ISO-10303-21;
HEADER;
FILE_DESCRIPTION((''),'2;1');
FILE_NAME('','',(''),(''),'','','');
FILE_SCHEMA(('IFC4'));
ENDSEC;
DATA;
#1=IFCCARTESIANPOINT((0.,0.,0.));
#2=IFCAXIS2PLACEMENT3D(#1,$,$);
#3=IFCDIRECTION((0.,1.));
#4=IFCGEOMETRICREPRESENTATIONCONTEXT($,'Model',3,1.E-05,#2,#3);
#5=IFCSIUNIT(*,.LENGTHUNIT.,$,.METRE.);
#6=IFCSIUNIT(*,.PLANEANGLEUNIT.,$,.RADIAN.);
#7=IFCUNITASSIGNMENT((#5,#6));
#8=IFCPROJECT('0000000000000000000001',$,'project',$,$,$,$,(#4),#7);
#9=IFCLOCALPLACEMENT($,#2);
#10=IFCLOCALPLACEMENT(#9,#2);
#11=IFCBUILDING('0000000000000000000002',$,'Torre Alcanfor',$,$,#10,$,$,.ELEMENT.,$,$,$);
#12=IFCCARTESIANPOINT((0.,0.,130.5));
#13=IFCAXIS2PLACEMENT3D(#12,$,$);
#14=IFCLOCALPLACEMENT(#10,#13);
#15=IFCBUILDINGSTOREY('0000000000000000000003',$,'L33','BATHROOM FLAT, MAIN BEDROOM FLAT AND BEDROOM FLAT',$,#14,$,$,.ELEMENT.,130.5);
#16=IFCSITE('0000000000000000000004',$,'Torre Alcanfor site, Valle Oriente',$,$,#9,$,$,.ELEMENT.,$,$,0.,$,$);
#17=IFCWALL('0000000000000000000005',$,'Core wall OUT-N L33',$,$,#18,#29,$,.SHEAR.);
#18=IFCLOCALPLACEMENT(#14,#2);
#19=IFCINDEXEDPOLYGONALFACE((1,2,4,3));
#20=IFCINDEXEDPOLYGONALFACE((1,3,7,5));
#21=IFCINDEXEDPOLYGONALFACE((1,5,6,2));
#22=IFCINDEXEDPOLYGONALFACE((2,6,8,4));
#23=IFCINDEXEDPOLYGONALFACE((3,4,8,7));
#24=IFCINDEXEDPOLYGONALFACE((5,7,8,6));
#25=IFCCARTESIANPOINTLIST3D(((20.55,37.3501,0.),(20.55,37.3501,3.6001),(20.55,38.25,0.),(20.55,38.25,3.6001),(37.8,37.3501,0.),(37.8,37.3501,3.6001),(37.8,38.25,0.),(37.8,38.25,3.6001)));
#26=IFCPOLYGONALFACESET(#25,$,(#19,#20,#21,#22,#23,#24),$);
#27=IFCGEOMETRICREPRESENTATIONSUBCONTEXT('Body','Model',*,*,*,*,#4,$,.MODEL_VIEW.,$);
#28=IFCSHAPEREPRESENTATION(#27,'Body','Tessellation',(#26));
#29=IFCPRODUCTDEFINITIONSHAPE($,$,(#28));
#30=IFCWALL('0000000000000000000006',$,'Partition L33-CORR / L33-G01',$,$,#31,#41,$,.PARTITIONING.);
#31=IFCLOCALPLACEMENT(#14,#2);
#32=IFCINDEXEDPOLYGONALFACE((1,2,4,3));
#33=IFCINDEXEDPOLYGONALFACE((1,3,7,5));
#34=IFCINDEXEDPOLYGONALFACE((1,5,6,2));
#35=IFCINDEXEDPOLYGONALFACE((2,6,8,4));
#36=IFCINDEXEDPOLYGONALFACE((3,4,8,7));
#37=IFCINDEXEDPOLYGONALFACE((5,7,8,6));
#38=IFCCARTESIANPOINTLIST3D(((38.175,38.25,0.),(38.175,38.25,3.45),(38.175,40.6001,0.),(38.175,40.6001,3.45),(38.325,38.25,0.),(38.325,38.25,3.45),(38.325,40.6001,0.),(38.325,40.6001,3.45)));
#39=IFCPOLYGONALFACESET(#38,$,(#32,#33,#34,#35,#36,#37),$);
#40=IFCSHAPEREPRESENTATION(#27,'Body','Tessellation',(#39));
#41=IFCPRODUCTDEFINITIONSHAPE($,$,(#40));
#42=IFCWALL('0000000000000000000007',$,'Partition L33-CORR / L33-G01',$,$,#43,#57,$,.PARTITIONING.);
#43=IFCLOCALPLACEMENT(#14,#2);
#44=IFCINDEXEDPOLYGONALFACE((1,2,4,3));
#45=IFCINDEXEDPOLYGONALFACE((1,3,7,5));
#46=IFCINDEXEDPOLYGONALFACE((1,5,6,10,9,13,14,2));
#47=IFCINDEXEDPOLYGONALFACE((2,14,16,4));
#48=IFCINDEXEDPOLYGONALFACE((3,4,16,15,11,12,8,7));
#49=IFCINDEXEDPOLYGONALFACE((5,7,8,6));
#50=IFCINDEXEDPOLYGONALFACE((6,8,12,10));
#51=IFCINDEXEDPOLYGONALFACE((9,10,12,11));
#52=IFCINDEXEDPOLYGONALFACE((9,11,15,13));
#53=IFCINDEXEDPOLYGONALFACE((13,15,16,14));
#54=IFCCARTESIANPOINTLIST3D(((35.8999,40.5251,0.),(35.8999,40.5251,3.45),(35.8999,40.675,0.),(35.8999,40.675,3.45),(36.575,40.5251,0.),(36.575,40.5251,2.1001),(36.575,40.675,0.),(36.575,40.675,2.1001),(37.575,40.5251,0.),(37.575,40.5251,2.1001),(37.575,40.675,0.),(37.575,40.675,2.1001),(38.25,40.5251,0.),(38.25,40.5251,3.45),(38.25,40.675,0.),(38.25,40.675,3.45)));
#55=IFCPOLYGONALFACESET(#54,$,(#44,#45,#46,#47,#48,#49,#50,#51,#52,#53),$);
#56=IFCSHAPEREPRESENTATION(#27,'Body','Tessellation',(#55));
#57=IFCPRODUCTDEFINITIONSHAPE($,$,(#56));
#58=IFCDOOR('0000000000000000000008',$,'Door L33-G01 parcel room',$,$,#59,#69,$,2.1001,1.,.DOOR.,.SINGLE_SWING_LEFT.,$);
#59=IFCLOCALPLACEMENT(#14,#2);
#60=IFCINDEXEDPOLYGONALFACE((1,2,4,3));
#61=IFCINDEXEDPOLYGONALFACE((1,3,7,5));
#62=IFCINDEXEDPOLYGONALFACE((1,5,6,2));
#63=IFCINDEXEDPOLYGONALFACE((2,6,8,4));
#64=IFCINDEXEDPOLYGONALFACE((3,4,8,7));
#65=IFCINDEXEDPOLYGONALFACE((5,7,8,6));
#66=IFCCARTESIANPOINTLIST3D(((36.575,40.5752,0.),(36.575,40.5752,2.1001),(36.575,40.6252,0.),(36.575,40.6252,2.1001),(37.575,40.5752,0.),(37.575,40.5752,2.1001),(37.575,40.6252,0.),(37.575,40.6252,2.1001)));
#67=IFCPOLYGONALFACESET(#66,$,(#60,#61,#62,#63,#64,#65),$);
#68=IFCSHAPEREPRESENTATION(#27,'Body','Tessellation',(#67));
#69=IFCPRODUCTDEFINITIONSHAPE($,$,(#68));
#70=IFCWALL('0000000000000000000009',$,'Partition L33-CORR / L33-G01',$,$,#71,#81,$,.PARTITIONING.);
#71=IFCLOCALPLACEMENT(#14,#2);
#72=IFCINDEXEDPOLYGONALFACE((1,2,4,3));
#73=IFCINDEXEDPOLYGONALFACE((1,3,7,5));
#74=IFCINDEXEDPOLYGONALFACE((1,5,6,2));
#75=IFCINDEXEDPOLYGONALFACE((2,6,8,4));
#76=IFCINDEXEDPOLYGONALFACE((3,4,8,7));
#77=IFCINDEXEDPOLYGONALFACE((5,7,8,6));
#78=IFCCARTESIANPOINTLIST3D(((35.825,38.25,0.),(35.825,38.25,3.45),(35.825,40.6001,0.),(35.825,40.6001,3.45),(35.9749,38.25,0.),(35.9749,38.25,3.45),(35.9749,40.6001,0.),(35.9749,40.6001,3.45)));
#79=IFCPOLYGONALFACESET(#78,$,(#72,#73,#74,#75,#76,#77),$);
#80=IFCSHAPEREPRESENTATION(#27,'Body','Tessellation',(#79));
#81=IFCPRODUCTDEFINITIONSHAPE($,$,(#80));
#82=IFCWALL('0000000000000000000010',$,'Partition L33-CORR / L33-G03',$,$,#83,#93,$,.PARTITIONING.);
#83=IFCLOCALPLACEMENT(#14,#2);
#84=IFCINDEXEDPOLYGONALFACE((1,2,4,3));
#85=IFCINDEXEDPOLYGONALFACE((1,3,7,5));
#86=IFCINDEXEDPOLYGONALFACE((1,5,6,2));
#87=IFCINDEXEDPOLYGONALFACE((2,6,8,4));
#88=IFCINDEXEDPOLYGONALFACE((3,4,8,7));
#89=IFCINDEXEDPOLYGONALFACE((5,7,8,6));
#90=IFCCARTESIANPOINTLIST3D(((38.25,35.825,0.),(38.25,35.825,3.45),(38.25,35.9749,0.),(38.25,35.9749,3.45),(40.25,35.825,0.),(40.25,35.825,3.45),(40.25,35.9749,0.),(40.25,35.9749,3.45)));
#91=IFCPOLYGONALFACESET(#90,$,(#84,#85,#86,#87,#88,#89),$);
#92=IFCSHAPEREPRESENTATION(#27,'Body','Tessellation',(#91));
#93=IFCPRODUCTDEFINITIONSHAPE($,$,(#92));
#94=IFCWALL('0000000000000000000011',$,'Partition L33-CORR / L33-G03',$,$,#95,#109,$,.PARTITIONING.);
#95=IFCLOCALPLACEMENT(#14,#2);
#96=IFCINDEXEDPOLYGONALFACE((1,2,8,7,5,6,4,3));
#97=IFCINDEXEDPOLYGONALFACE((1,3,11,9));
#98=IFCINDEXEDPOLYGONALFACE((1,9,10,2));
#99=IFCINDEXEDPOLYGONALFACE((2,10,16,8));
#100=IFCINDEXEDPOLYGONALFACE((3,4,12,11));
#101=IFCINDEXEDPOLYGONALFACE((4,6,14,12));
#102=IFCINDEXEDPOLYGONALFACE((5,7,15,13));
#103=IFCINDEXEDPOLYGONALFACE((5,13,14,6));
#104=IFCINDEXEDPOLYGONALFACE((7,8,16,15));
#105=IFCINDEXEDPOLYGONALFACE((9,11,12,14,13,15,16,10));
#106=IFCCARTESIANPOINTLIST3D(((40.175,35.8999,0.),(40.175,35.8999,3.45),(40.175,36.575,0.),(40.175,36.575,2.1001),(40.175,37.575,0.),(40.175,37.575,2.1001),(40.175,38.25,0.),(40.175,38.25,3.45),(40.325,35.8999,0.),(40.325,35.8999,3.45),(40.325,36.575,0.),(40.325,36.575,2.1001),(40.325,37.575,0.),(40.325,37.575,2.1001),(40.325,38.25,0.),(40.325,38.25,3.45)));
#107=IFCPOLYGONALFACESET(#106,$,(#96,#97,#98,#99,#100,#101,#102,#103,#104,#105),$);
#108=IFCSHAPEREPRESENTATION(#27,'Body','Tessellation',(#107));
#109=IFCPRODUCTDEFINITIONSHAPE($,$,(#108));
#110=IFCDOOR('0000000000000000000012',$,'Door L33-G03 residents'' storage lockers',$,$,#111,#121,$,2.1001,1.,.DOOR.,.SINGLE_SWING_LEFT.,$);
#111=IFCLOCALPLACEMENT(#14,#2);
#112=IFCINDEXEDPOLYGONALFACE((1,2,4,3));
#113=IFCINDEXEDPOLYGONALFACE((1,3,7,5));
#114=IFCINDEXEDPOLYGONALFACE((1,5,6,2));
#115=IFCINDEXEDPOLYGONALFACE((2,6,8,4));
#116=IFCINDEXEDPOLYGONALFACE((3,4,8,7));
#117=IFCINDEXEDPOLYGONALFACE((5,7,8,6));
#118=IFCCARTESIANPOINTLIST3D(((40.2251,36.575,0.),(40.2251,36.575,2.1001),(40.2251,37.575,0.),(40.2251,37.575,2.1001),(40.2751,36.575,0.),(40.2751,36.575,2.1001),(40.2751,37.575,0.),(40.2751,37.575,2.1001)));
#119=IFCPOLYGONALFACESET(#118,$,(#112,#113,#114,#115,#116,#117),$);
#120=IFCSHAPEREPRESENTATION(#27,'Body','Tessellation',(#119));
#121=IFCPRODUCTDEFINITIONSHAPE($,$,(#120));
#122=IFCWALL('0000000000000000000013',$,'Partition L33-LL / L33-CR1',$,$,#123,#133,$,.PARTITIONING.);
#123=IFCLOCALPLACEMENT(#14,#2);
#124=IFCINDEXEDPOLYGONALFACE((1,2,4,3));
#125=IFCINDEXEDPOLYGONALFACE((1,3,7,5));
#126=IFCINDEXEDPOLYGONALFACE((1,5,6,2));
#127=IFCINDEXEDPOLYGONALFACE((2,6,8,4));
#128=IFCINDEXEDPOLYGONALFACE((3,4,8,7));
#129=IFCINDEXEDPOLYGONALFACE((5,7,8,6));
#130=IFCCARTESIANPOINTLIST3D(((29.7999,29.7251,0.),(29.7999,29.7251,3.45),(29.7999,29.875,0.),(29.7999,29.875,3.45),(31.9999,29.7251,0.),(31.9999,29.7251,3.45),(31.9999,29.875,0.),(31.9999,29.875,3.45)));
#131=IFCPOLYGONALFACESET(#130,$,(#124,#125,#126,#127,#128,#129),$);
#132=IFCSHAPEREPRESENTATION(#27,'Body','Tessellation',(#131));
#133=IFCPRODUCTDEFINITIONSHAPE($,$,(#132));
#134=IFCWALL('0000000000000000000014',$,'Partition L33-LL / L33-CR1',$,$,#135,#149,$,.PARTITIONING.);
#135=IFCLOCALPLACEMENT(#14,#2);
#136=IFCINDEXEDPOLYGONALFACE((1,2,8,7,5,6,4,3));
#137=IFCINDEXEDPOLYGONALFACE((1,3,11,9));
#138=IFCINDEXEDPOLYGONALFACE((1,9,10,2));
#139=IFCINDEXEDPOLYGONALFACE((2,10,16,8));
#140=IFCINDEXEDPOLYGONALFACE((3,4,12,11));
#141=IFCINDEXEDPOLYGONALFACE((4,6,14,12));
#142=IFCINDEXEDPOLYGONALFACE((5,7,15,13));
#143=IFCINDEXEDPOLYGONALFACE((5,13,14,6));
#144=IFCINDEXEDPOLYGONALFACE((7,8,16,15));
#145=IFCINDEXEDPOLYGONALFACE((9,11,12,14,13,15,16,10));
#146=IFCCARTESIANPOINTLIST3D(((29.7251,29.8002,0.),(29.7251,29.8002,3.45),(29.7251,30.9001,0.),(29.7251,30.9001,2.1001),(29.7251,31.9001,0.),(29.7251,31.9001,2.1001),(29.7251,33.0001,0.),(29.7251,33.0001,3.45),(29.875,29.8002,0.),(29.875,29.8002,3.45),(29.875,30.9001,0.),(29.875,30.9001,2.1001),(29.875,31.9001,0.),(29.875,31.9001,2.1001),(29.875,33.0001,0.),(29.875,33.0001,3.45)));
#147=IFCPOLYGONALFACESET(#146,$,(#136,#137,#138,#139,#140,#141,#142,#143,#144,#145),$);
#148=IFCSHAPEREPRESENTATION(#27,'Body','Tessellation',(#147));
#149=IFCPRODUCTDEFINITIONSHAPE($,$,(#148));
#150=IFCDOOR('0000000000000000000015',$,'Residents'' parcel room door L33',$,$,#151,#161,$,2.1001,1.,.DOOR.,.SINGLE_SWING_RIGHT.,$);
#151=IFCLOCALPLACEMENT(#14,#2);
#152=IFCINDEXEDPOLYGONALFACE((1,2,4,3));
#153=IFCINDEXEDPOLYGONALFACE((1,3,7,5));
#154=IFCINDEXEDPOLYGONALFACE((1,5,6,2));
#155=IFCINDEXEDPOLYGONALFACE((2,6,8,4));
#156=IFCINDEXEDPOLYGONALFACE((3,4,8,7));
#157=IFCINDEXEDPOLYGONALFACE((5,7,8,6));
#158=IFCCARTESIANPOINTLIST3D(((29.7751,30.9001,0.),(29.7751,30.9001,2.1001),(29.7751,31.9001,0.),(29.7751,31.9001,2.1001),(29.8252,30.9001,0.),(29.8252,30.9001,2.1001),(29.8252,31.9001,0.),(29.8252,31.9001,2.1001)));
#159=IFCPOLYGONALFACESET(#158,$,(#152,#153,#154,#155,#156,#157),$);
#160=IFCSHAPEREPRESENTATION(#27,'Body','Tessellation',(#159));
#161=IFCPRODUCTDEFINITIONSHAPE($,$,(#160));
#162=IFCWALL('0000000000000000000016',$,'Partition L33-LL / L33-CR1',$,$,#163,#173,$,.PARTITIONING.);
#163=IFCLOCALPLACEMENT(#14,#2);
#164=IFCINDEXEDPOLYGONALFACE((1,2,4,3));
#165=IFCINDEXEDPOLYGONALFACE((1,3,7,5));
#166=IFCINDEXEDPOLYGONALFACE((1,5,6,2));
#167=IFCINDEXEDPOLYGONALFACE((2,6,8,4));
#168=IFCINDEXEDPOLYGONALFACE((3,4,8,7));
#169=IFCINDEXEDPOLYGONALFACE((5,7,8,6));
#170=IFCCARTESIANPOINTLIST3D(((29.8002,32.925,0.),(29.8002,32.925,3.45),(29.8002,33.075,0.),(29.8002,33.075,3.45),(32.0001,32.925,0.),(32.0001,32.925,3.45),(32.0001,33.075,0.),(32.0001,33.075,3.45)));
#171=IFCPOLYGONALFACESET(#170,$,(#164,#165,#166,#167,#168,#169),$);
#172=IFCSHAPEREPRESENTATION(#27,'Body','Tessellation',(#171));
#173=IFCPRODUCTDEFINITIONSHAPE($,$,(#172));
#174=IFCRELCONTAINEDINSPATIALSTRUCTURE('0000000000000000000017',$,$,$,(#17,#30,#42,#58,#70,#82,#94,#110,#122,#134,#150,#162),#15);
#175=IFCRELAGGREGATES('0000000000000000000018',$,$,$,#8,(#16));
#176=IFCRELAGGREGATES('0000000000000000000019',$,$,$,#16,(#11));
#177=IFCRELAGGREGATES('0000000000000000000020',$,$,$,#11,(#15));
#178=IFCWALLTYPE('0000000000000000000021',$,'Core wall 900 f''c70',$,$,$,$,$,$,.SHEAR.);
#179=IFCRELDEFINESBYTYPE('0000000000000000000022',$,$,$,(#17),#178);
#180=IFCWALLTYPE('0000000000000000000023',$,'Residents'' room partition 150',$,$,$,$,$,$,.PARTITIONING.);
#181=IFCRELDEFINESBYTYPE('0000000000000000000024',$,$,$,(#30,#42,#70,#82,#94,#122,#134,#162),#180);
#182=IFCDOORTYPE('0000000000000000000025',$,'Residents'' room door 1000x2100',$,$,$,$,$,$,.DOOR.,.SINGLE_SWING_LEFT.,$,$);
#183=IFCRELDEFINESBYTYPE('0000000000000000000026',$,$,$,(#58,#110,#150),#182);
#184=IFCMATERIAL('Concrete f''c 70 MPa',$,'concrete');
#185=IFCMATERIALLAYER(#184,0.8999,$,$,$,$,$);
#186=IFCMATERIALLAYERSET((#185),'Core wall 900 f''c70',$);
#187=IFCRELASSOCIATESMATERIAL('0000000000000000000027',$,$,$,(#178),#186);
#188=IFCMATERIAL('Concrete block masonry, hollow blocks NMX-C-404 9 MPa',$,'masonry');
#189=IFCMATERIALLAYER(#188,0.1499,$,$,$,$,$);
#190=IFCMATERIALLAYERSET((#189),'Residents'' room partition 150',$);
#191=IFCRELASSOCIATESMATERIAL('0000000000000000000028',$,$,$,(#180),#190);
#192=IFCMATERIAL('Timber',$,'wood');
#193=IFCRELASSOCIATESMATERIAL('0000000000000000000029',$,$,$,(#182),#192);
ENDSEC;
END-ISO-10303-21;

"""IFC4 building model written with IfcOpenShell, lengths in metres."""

from ifc_helpers import new_model, si_unit, direction, frame, frame_2d, origin, place, context, subcontext, project, spatial, rectangle, extrude, material, layer, layer_set, type_object, element, fill, save


model = new_model("IFC4")

# Units and contexts
model_context = context("Model", 3, precision=1e-05, world=origin(), true_north=direction((0.0, 1.0)))
body_context = subcontext(model_context, "Body", "Model", "MODEL_VIEW")
ifc_project = project(units=[si_unit("LENGTHUNIT", "METRE"), si_unit("PLANEANGLEUNIT", "RADIAN")], contexts=[model_context])

# Site, building, storey
site_placement = place(None, origin())
site = spatial("IfcSite", under=ifc_project, at=site_placement, Name="Torre Alcanfor site, Valle Oriente", CompositionType="ELEMENT", RefElevation=0.0)
building_placement = place(site_placement, origin())
building = spatial("IfcBuilding", under=site, at=building_placement, Name="Torre Alcanfor", CompositionType="ELEMENT")
storey_placement = place(building_placement, frame((0.0, 0.0, 130.5)))
storey = spatial("IfcBuildingStorey", under=building, at=storey_placement, Name="L33", Description="BATHROOM FLAT, MAIN BEDROOM FLAT AND BEDROOM FLAT", CompositionType="ELEMENT", Elevation=130.5)

# Walls
ifc_material_1 = material(Name="Concrete f'c 70 MPa", Category="concrete")
ifc_layer_1 = layer(ifc_material_1, 0.8999)
ifc_layer_set_1 = layer_set([ifc_layer_1], Name="Core wall 900 f'c70")
wall_type_1 = type_object("IfcWallType", Name="Core wall 900 f'c70", PredefinedType="SHEAR", material=ifc_layer_set_1)
wall_1_placement = place(storey_placement, frame((37.8, 37.8, 0.0), z_axis=(0.0, 0.0, 1.0), x_axis=(-1.0, 0.0, 0.0)))
element("IfcWall", 1, at=wall_1_placement, inside=storey, type_object=wall_type_1, Name="Core wall OUT-N L33", PredefinedType="SHEAR", context=body_context, shape_type="SweptSolid", body=[
    extrude(rectangle(XDim=17.25, YDim=0.8999, at=frame_2d((8.625, 0.0))), origin(), (0.0, 0.0, 1.0), 3.6001),
])
ifc_material_2 = material(Name="Concrete block masonry, hollow blocks NMX-C-404 9 MPa", Category="masonry")
ifc_layer_2 = layer(ifc_material_2, 0.1499)
ifc_layer_set_2 = layer_set([ifc_layer_2], Name="Residents' room partition 150")
wall_type_2 = type_object("IfcWallType", Name="Residents' room partition 150", PredefinedType="PARTITIONING", material=ifc_layer_set_2)
wall_2_placement = place(storey_placement, frame((38.25, 38.25, 0.0), z_axis=(0.0, 0.0, 1.0), x_axis=(0.0, 1.0, 0.0)))
element("IfcWall", 2, at=wall_2_placement, inside=storey, type_object=wall_type_2, Name="Partition L33-CORR / L33-G01", PredefinedType="PARTITIONING", context=body_context, shape_type="SweptSolid", body=[
    extrude(rectangle(XDim=2.3501, YDim=0.1499, at=frame_2d((1.175, 0.0))), origin(), (0.0, 0.0, 1.0), 3.45),
])

# Wall, opening, door
wall_3_placement = place(storey_placement, frame((38.25, 40.6001, 0.0), z_axis=(0.0, 0.0, 1.0), x_axis=(-1.0, 0.0, 0.0)))
wall_3 = element("IfcWall", 3, at=wall_3_placement, inside=storey, type_object=wall_type_2, Name="Partition L33-CORR / L33-G01", PredefinedType="PARTITIONING", context=body_context, shape_type="SweptSolid", body=[
    extrude(rectangle(XDim=2.3501, YDim=0.1499, at=frame_2d((1.175, 0.0))), origin(), (0.0, 0.0, 1.0), 3.45),
])
opening_1_placement = place(wall_3_placement, frame((0.675, 0.0, 0.0)))
opening_1 = element("IfcOpeningElement", 4, at=opening_1_placement, cuts=wall_3, PredefinedType="OPENING", context=body_context, shape_type="SweptSolid", body=[
    extrude(rectangle(XDim=1.0, YDim=2.1001, at=frame_2d((0.5, 1.05))), frame((0.0, 0.085, 0.0), z_axis=(0.0, -1.0, 0.0), x_axis=(1.0, 0.0, 0.0)), (0.0, 0.0, 1.0), 0.1699),
])
ifc_material_3 = material(Name="Timber", Category="wood")
door_type = type_object("IfcDoorType", Name="Residents' room door 1000x2100", OperationType="SINGLE_SWING_LEFT", PredefinedType="DOOR", material=ifc_material_3)
door_1_placement = place(opening_1_placement, origin())
door_1 = element("IfcDoor", 5, at=door_1_placement, inside=storey, type_object=door_type, Name="Door L33-G01 parcel room", OperationType="SINGLE_SWING_LEFT", OverallHeight=2.1001, OverallWidth=1.0, PredefinedType="DOOR", context=body_context, shape_type="SweptSolid", body=[
    extrude(rectangle(XDim=1.0, YDim=2.1001, at=frame_2d((0.5, 1.05))), frame((0.0, 0.0249, 0.0), z_axis=(0.0, -1.0, 0.0), x_axis=(1.0, 0.0, 0.0)), (0.0, 0.0, 1.0), 0.05),
])
fill(opening_1, door_1)

# Walls
wall_4_placement = place(storey_placement, frame((35.8999, 40.6001, 0.0), z_axis=(0.0, 0.0, 1.0), x_axis=(0.0, -1.0, 0.0)))
element("IfcWall", 6, at=wall_4_placement, inside=storey, type_object=wall_type_2, Name="Partition L33-CORR / L33-G01", PredefinedType="PARTITIONING", context=body_context, shape_type="SweptSolid", body=[
    extrude(rectangle(XDim=2.3501, YDim=0.1499, at=frame_2d((1.175, 0.0))), origin(), (0.0, 0.0, 1.0), 3.45),
])
wall_5_placement = place(storey_placement, frame((38.25, 35.8999, 0.0), z_axis=(0.0, 0.0, 1.0), x_axis=(1.0, 0.0, 0.0)))
element("IfcWall", 7, at=wall_5_placement, inside=storey, type_object=wall_type_2, Name="Partition L33-CORR / L33-G03", PredefinedType="PARTITIONING", context=body_context, shape_type="SweptSolid", body=[
    extrude(rectangle(XDim=2.0, YDim=0.1499, at=frame_2d((1.0, 0.0))), origin(), (0.0, 0.0, 1.0), 3.45),
])

# Wall, opening, door
wall_6_placement = place(storey_placement, frame((40.25, 35.8999, 0.0), z_axis=(0.0, 0.0, 1.0), x_axis=(0.0, 1.0, 0.0)))
wall_6 = element("IfcWall", 8, at=wall_6_placement, inside=storey, type_object=wall_type_2, Name="Partition L33-CORR / L33-G03", PredefinedType="PARTITIONING", context=body_context, shape_type="SweptSolid", body=[
    extrude(rectangle(XDim=2.3501, YDim=0.1499, at=frame_2d((1.175, 0.0))), origin(), (0.0, 0.0, 1.0), 3.45),
])
opening_2_placement = place(wall_6_placement, frame((0.675, 0.0, 0.0)))
opening_2 = element("IfcOpeningElement", 9, at=opening_2_placement, cuts=wall_6, PredefinedType="OPENING", context=body_context, shape_type="SweptSolid", body=[
    extrude(rectangle(XDim=1.0, YDim=2.1001, at=frame_2d((0.5, 1.05))), frame((0.0, 0.085, 0.0), z_axis=(0.0, -1.0, 0.0), x_axis=(1.0, 0.0, 0.0)), (0.0, 0.0, 1.0), 0.1699),
])
door_2_placement = place(opening_2_placement, origin())
door_2 = element("IfcDoor", 10, at=door_2_placement, inside=storey, type_object=door_type, Name="Door L33-G03 residents' storage lockers", OperationType="SINGLE_SWING_LEFT", OverallHeight=2.1001, OverallWidth=1.0, PredefinedType="DOOR", context=body_context, shape_type="SweptSolid", body=[
    extrude(rectangle(XDim=1.0, YDim=2.1001, at=frame_2d((0.5, 1.05))), frame((0.0, 0.0249, 0.0), z_axis=(0.0, -1.0, 0.0), x_axis=(1.0, 0.0, 0.0)), (0.0, 0.0, 1.0), 0.05),
])
fill(opening_2, door_2)

# Wall
wall_7_placement = place(storey_placement, frame((32.0, 29.8, 0.0), z_axis=(0.0, 0.0, 1.0), x_axis=(-1.0, 0.0, 0.0)))
element("IfcWall", 11, at=wall_7_placement, inside=storey, type_object=wall_type_2, Name="Partition L33-LL / L33-CR1", PredefinedType="PARTITIONING", context=body_context, shape_type="SweptSolid", body=[
    extrude(rectangle(XDim=2.2, YDim=0.1499, at=frame_2d((1.1001, 0.0))), origin(), (0.0, 0.0, 1.0), 3.45),
])

# Wall, opening, door
wall_8_placement = place(storey_placement, frame((29.8, 29.8, 0.0), z_axis=(0.0, 0.0, 1.0), x_axis=(0.0, 1.0, 0.0)))
wall_8 = element("IfcWall", 12, at=wall_8_placement, inside=storey, type_object=wall_type_2, Name="Partition L33-LL / L33-CR1", PredefinedType="PARTITIONING", context=body_context, shape_type="SweptSolid", body=[
    extrude(rectangle(XDim=3.2, YDim=0.1499, at=frame_2d((1.6001, 0.0))), origin(), (0.0, 0.0, 1.0), 3.45),
])
opening_3_placement = place(wall_8_placement, frame((1.1001, 0.0, 0.0)))
opening_3 = element("IfcOpeningElement", 13, at=opening_3_placement, cuts=wall_8, PredefinedType="OPENING", context=body_context, shape_type="SweptSolid", body=[
    extrude(rectangle(XDim=1.0, YDim=2.1001, at=frame_2d((0.5, 1.05))), frame((0.0, 0.085, 0.0), z_axis=(0.0, -1.0, 0.0), x_axis=(1.0, 0.0, 0.0)), (0.0, 0.0, 1.0), 0.1699),
])
door_3_placement = place(opening_3_placement, frame((1.0, 0.0, 0.0), z_axis=(0.0, 0.0, 1.0), x_axis=(-1.0, 0.0, 0.0)))
door_3 = element("IfcDoor", 14, at=door_3_placement, inside=storey, type_object=door_type, Name="Residents' parcel room door L33", OperationType="SINGLE_SWING_RIGHT", OverallHeight=2.1001, OverallWidth=1.0, PredefinedType="DOOR", context=body_context, shape_type="SweptSolid", body=[
    extrude(rectangle(XDim=1.0, YDim=2.1001, at=frame_2d((0.5, 1.05))), frame((0.0, 0.0251, 0.0), z_axis=(0.0, -1.0, 0.0), x_axis=(1.0, 0.0, 0.0)), (0.0, 0.0, 1.0), 0.05),
])
fill(opening_3, door_3)

# Wall
wall_9_placement = place(storey_placement, frame((29.8, 33.0, 0.0), z_axis=(0.0, 0.0, 1.0), x_axis=(1.0, 0.0, 0.0)))
element("IfcWall", 15, at=wall_9_placement, inside=storey, type_object=wall_type_2, Name="Partition L33-LL / L33-CR1", PredefinedType="PARTITIONING", context=body_context, shape_type="SweptSolid", body=[
    extrude(rectangle(XDim=2.2, YDim=0.1499, at=frame_2d((1.1001, 0.0))), origin(), (0.0, 0.0, 1.0), 3.45),
])

save(model, "model.ifc")
